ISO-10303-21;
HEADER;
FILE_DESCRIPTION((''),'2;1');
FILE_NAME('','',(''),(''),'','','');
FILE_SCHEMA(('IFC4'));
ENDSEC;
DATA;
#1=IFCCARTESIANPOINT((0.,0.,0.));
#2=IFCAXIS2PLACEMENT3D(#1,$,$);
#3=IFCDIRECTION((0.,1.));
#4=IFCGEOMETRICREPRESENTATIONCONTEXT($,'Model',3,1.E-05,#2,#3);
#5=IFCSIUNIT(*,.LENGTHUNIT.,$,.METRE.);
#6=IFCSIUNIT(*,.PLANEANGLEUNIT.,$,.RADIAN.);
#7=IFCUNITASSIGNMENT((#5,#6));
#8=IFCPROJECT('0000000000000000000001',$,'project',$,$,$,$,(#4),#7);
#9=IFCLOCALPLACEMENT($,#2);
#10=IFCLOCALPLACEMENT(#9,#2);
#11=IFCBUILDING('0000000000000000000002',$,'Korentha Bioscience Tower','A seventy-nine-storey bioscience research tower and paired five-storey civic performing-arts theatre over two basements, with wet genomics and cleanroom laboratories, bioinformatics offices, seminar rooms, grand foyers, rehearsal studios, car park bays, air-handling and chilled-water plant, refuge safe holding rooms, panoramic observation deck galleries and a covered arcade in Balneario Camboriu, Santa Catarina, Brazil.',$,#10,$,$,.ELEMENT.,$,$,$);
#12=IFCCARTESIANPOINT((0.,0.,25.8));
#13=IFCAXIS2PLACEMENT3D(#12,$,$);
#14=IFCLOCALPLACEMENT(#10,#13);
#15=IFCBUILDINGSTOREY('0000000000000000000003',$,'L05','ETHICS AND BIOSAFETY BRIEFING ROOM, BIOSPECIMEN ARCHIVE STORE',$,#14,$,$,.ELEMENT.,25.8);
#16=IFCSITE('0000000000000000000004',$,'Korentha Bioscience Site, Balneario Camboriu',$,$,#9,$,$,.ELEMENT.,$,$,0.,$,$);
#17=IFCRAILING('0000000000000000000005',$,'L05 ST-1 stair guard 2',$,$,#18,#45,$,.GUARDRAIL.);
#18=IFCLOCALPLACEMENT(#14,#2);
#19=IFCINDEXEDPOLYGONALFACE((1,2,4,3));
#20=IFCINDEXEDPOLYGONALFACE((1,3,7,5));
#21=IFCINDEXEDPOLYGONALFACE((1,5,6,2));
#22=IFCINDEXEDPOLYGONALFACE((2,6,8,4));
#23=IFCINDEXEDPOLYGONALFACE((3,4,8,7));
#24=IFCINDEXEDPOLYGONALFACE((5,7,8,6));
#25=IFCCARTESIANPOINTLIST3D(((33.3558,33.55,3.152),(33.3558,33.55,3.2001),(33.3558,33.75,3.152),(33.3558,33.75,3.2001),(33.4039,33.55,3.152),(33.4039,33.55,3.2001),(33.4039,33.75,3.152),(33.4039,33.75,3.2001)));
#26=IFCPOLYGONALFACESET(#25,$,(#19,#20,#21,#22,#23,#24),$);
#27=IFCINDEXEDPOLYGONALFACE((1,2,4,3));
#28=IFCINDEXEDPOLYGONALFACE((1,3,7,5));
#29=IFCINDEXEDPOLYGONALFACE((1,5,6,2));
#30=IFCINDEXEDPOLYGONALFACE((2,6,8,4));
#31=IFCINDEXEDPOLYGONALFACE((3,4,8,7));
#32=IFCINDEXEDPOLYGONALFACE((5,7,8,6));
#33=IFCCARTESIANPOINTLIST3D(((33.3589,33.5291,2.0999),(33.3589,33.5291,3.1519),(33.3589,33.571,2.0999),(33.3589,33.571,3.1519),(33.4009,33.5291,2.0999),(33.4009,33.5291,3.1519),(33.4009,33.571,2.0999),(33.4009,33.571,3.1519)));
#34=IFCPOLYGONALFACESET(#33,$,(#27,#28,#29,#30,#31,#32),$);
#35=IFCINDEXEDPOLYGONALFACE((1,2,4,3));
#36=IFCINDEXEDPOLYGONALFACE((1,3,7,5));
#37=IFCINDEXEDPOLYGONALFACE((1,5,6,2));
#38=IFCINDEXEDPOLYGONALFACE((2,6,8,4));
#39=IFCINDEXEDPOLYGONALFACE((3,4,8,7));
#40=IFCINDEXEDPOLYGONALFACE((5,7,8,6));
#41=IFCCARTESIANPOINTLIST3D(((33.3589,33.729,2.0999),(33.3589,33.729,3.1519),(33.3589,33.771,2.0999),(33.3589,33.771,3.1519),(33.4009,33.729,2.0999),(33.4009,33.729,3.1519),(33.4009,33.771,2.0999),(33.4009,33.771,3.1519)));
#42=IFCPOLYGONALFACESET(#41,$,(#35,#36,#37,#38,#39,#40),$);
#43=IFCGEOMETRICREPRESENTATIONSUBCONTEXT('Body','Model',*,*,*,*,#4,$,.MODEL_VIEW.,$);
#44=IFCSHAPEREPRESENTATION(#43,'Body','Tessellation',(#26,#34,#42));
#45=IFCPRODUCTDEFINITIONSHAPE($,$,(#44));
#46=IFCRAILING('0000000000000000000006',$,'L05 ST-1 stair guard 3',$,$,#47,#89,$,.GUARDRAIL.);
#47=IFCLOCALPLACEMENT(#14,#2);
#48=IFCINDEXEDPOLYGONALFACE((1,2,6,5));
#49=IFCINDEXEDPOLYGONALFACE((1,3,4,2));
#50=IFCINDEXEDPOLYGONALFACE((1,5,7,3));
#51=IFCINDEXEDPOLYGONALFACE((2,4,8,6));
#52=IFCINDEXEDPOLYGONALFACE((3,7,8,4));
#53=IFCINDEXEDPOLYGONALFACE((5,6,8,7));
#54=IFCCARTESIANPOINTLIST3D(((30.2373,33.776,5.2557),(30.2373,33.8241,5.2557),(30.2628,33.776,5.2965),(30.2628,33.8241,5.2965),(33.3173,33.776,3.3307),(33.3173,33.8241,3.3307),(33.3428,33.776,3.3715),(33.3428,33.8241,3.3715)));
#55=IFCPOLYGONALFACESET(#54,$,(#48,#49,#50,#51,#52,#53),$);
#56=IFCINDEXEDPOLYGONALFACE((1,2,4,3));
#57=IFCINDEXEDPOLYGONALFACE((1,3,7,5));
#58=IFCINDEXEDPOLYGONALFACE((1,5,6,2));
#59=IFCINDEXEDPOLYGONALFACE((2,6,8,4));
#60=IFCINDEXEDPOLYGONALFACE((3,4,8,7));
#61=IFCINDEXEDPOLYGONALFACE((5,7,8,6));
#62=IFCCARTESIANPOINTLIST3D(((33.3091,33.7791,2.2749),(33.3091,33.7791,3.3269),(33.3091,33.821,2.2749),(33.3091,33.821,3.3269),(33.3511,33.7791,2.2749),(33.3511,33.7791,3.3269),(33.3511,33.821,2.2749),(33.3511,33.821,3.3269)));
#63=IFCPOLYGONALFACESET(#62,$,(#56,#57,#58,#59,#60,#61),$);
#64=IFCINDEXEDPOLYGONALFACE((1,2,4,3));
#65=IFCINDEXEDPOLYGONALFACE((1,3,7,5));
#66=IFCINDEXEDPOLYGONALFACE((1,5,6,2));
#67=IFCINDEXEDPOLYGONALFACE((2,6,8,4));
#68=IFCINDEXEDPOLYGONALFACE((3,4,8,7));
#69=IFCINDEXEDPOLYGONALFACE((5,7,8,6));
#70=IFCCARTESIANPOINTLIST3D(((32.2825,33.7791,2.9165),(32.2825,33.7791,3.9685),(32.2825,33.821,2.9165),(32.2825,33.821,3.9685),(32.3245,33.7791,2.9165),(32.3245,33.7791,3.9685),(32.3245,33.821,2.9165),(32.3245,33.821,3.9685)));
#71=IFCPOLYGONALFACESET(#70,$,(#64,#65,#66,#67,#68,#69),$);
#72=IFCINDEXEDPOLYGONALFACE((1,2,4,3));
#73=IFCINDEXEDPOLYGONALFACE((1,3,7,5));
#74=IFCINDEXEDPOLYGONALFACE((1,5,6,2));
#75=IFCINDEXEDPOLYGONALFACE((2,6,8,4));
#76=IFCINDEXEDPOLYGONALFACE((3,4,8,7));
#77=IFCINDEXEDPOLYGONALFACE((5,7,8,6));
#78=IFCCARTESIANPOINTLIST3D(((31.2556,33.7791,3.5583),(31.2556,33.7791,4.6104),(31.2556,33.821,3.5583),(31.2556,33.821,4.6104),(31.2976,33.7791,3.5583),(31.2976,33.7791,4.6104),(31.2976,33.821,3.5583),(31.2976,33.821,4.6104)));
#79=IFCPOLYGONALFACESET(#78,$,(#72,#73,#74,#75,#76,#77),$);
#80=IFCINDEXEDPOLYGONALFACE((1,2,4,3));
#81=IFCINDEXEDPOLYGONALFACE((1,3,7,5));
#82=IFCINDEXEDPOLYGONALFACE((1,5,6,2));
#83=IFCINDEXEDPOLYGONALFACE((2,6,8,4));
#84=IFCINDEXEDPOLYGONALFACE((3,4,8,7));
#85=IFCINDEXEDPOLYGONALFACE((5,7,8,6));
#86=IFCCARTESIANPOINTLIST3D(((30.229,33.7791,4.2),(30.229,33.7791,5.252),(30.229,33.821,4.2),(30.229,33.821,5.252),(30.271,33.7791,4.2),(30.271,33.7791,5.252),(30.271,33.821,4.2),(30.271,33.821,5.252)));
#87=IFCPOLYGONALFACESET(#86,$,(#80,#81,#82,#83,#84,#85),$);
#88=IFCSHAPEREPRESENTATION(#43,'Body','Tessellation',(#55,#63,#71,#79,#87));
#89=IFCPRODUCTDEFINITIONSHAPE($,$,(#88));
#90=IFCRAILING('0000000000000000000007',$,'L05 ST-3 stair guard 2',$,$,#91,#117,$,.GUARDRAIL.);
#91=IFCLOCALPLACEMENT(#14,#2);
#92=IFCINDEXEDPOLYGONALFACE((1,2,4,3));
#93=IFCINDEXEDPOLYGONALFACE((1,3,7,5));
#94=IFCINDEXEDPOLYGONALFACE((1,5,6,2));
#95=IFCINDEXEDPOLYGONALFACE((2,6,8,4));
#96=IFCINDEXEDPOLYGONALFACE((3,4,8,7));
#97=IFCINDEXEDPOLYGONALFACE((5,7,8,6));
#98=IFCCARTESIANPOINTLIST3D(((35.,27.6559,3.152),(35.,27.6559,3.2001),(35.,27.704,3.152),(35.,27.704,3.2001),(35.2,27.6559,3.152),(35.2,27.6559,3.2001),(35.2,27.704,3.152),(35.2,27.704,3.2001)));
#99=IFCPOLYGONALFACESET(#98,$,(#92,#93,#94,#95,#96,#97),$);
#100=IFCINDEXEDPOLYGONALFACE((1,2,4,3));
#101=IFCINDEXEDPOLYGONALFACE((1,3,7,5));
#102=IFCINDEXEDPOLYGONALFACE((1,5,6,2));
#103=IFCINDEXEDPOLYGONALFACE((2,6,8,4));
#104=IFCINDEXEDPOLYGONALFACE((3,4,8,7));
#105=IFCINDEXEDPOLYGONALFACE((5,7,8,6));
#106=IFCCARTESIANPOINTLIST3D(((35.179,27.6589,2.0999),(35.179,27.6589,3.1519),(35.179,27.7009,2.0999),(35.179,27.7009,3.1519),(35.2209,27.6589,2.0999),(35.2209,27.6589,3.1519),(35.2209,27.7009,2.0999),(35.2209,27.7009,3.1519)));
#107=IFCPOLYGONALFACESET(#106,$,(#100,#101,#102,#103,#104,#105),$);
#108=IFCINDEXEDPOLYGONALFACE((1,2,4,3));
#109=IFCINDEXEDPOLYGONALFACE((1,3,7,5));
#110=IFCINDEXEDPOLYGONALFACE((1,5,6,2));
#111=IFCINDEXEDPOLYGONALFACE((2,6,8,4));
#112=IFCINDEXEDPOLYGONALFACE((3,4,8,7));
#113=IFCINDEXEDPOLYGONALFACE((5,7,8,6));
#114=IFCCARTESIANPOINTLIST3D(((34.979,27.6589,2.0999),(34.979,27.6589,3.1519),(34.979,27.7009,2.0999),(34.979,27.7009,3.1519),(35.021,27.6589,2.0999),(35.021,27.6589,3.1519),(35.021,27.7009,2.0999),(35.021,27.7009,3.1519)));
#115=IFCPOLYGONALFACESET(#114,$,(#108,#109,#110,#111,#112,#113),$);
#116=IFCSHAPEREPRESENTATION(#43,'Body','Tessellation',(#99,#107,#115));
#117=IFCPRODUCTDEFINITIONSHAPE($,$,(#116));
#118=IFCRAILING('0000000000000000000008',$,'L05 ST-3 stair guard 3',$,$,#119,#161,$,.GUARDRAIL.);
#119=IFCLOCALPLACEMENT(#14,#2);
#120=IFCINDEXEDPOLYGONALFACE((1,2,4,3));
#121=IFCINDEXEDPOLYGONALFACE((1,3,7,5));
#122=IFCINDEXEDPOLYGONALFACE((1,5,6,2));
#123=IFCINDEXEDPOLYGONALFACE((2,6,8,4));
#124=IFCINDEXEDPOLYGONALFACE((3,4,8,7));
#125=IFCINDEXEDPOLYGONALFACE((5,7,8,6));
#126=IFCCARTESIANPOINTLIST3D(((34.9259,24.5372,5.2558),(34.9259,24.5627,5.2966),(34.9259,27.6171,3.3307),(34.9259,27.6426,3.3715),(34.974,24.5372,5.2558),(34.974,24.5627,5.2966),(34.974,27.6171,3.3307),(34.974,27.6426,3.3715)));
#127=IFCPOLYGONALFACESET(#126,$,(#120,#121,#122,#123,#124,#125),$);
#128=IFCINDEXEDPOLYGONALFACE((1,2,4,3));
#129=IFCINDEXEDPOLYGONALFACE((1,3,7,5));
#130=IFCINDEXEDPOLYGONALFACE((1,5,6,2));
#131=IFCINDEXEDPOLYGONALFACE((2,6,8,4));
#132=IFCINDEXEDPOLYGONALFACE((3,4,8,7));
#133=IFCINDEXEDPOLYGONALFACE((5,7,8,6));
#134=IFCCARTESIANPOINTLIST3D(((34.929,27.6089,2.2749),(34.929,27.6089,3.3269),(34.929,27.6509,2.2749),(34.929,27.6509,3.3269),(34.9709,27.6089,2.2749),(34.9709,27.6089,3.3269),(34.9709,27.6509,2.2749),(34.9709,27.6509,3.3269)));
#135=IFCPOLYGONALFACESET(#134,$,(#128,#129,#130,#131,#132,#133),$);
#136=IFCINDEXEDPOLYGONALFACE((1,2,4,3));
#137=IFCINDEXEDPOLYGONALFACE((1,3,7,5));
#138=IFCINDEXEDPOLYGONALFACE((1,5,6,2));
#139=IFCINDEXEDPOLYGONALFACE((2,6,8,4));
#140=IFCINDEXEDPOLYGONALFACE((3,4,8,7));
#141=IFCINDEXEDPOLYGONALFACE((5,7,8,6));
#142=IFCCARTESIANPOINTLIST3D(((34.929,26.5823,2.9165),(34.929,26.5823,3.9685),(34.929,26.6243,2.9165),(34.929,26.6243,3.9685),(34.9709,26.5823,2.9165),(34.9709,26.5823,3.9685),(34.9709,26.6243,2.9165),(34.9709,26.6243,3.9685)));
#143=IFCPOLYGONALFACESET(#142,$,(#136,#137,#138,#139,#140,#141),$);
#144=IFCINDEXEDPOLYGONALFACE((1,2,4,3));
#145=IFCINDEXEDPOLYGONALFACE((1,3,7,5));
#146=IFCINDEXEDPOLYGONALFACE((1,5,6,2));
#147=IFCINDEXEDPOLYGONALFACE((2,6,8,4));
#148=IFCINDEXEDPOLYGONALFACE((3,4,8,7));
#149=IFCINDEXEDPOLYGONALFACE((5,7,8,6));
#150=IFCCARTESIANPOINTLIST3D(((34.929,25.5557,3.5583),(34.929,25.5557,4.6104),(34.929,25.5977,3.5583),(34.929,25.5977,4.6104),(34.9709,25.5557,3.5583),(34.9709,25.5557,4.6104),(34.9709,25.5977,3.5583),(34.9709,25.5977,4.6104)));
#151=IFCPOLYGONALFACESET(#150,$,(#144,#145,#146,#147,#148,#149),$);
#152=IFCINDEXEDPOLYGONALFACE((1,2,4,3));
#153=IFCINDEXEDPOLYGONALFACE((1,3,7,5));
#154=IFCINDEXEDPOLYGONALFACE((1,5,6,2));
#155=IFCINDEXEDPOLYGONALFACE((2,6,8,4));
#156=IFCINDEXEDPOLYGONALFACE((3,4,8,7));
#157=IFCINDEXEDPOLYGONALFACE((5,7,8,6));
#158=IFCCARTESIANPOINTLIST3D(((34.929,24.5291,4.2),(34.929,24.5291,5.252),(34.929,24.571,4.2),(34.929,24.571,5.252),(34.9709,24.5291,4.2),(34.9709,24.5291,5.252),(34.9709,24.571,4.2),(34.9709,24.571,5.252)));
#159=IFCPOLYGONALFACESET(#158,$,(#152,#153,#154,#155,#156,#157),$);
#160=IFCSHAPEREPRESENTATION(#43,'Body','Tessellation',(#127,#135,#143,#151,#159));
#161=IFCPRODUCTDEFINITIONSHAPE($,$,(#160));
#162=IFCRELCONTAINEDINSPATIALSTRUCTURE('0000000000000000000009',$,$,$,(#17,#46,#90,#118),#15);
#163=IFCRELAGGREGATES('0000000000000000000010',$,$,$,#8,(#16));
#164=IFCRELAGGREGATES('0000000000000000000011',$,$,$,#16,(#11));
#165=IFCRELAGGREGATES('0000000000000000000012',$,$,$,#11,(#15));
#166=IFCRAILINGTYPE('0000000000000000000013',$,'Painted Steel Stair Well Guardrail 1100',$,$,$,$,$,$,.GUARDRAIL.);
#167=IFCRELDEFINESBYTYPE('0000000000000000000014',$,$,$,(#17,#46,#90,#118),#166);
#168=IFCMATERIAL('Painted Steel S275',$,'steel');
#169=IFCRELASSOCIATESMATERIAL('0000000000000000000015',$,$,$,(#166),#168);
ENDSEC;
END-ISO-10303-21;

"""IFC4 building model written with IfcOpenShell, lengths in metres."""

from ifc_helpers import new_model, si_unit, direction, frame, origin, origin_2d, place, context, subcontext, project, spatial, rectangle, extrude, material, type_object, element, save


model = new_model("IFC4")

# Units and contexts
model_context = context("Model", 3, precision=1e-05, world=origin(), true_north=direction((0.0, 1.0)))
body_context = subcontext(model_context, "Body", "Model", "MODEL_VIEW")
ifc_project = project(units=[si_unit("LENGTHUNIT", "METRE"), si_unit("PLANEANGLEUNIT", "RADIAN")], contexts=[model_context])

# Site, building, storey
site_placement = place(None, origin())
site = spatial("IfcSite", under=ifc_project, at=site_placement, Name="Korentha Bioscience Site, Balneario Camboriu", CompositionType="ELEMENT", RefElevation=0.0)
building_placement = place(site_placement, origin())
building = spatial("IfcBuilding", under=site, at=building_placement, Name="Korentha Bioscience Tower", Description="A seventy-nine-storey bioscience research tower and paired five-storey civic performing-arts theatre over two basements, with wet genomics and cleanroom laboratories, bioinformatics offices, seminar rooms, grand foyers, rehearsal studios, car park bays, air-handling and chilled-water plant, refuge safe holding rooms, panoramic observation deck galleries and a covered arcade in Balneario Camboriu, Santa Catarina, Brazil.", CompositionType="ELEMENT")
storey_placement = place(building_placement, frame((0.0, 0.0, 25.8)))
storey = spatial("IfcBuildingStorey", under=building, at=storey_placement, Name="L05", Description="ETHICS AND BIOSAFETY BRIEFING ROOM, BIOSPECIMEN ARCHIVE STORE", CompositionType="ELEMENT", Elevation=25.8)

# Railings
ifc_material_1 = material(Name="Painted Steel S275", Category="steel")
railing_type_1 = type_object("IfcRailingType", Name="Painted Steel Stair Well Guardrail 1100", PredefinedType="GUARDRAIL", material=ifc_material_1)
railing_1_placement = place(storey_placement, frame((33.3799, 33.55, 2.0999)))
element("IfcRailing", 1, at=railing_1_placement, inside=storey, type_object=railing_type_1, Name="L05 ST-1 stair guard 2", PredefinedType="GUARDRAIL", context=body_context, shape_type="SweptSolid", body=[
    extrude(rectangle(XDim=0.0481, YDim=0.0481, at=origin_2d()), frame((0.0, 0.0, 1.0762), z_axis=(0.0, 1.0, 0.0), x_axis=(-1.0, 0.0, 0.0)), (0.0, 0.0, 1.0), 0.2),
    extrude(rectangle(XDim=0.042, YDim=0.042, at=origin_2d()), origin(), (0.0, 0.0, 1.0), 1.052),
    extrude(rectangle(XDim=0.042, YDim=0.042, at=origin_2d()), frame((0.0, 0.2, 0.0)), (0.0, 0.0, 1.0), 1.052),
])
railing_2_placement = place(storey_placement, frame((33.3301, 33.8, 2.2749)))
element("IfcRailing", 2, at=railing_2_placement, inside=storey, type_object=railing_type_1, Name="L05 ST-1 stair guard 3", PredefinedType="GUARDRAIL", context=body_context, shape_type="SweptSolid", body=[
    extrude(rectangle(XDim=0.0481, YDim=0.0481, at=origin_2d()), frame((0.0, 0.0, 1.0762), z_axis=(-0.847998, 0.0, 0.529999), x_axis=(0.0, -1.0, 0.0)), (0.0, 0.0, 1.0), 3.6321),
    extrude(rectangle(XDim=0.042, YDim=0.042, at=origin_2d()), origin(), (0.0, 0.0, 1.0), 1.052),
    extrude(rectangle(XDim=0.042, YDim=0.042, at=origin_2d()), frame((-1.0266, 0.0, 0.6416)), (0.0, 0.0, 1.0), 1.052),
    extrude(rectangle(XDim=0.042, YDim=0.042, at=origin_2d()), frame((-2.0535, 0.0, 1.2834)), (0.0, 0.0, 1.0), 1.052),
    extrude(rectangle(XDim=0.042, YDim=0.042, at=origin_2d()), frame((-3.0801, 0.0, 1.925)), (0.0, 0.0, 1.0), 1.052),
])
railing_3_placement = place(storey_placement, frame((35.2, 27.6799, 2.0999)))
element("IfcRailing", 3, at=railing_3_placement, inside=storey, type_object=railing_type_1, Name="L05 ST-3 stair guard 2", PredefinedType="GUARDRAIL", context=body_context, shape_type="SweptSolid", body=[
    extrude(rectangle(XDim=0.0481, YDim=0.0481, at=origin_2d()), frame((0.0, 0.0, 1.0762), z_axis=(-1.0, 0.0, 0.0), x_axis=(0.0, -1.0, 0.0)), (0.0, 0.0, 1.0), 0.2),
    extrude(rectangle(XDim=0.042, YDim=0.042, at=origin_2d()), origin(), (0.0, 0.0, 1.0), 1.052),
    extrude(rectangle(XDim=0.042, YDim=0.042, at=origin_2d()), frame((-0.2, 0.0, 0.0)), (0.0, 0.0, 1.0), 1.052),
])
railing_4_placement = place(storey_placement, frame((34.95, 27.6299, 2.2749)))
element("IfcRailing", 4, at=railing_4_placement, inside=storey, type_object=railing_type_1, Name="L05 ST-3 stair guard 3", PredefinedType="GUARDRAIL", context=body_context, shape_type="SweptSolid", body=[
    extrude(rectangle(XDim=0.0481, YDim=0.0481, at=origin_2d()), frame((0.0, 0.0, 1.0762), z_axis=(0.0, -0.847979, 0.530029), x_axis=(1.0, 0.0, 0.0)), (0.0, 0.0, 1.0), 3.6321),
    extrude(rectangle(XDim=0.042, YDim=0.042, at=origin_2d()), origin(), (0.0, 0.0, 1.0), 1.052),
    extrude(rectangle(XDim=0.042, YDim=0.042, at=origin_2d()), frame((0.0, -1.0266, 0.6416)), (0.0, 0.0, 1.0), 1.052),
    extrude(rectangle(XDim=0.042, YDim=0.042, at=origin_2d()), frame((0.0, -2.0532, 1.2834)), (0.0, 0.0, 1.0), 1.052),
    extrude(rectangle(XDim=0.042, YDim=0.042, at=origin_2d()), frame((0.0, -3.0798, 1.925)), (0.0, 0.0, 1.0), 1.052),
])

save(model, "model.ifc")
